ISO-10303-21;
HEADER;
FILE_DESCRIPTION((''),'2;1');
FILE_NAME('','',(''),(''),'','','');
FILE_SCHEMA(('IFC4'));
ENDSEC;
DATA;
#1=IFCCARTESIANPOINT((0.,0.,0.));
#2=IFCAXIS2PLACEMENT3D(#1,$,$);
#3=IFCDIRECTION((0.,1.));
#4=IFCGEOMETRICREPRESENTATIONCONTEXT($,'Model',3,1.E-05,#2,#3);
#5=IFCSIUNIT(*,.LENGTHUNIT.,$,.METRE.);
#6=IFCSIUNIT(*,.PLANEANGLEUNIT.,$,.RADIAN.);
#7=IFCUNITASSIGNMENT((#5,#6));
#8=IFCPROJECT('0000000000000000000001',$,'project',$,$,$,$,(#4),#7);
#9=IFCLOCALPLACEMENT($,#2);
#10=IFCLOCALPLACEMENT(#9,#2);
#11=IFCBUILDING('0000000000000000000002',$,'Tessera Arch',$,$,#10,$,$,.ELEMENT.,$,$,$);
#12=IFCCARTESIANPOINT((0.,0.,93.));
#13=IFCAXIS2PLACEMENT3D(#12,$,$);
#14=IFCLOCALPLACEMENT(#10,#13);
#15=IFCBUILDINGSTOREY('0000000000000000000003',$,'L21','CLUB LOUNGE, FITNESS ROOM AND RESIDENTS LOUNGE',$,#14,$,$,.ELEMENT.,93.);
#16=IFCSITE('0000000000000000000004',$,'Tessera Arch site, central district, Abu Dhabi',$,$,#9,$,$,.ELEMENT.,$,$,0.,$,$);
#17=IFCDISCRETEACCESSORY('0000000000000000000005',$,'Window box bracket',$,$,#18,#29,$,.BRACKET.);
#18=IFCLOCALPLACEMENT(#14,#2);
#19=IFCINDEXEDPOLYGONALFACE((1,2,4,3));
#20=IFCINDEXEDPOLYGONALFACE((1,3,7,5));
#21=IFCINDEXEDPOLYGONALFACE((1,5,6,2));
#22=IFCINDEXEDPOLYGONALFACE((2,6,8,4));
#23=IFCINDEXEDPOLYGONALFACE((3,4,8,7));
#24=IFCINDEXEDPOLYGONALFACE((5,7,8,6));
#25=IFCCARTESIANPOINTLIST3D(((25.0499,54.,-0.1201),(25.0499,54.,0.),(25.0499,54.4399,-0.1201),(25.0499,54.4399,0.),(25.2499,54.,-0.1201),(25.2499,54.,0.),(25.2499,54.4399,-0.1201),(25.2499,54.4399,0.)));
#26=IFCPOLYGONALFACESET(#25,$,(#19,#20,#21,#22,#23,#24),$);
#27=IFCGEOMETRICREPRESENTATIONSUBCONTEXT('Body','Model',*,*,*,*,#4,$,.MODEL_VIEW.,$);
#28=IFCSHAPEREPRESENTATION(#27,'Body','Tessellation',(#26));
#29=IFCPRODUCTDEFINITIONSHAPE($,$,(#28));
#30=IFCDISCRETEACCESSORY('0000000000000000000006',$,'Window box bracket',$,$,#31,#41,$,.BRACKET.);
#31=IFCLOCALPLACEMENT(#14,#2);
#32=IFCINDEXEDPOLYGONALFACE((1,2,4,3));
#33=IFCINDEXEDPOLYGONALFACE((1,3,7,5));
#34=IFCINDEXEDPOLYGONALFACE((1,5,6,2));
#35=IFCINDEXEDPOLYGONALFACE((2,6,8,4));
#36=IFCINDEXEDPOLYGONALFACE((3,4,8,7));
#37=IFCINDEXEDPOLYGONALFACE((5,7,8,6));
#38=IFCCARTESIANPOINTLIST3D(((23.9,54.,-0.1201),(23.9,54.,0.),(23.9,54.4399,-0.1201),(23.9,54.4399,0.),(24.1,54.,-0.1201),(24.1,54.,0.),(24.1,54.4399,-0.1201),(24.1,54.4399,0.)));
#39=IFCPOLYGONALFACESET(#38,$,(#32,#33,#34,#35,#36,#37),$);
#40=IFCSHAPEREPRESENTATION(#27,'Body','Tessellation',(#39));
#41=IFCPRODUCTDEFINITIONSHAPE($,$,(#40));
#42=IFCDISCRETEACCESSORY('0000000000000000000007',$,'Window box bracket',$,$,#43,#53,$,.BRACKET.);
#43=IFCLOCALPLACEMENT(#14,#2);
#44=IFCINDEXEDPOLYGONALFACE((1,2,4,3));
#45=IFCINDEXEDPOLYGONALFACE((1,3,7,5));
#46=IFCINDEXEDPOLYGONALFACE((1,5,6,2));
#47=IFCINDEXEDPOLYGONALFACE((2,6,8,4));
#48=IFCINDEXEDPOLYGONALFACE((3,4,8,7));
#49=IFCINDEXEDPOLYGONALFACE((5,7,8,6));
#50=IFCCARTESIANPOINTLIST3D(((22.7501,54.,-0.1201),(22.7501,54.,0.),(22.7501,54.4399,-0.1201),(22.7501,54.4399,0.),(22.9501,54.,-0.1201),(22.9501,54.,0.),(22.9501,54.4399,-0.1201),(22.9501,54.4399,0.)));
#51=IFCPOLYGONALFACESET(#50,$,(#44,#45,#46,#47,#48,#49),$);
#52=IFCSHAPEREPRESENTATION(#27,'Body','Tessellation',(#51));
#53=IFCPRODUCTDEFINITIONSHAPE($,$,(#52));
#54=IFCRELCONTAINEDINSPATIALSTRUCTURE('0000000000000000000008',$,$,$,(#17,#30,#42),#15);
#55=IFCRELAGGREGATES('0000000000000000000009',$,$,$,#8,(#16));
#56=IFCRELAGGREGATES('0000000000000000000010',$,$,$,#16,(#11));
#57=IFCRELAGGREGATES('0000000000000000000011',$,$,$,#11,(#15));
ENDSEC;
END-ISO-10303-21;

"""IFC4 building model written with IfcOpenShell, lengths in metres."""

from ifc_helpers import new_model, si_unit, direction, frame, origin, origin_2d, place, context, subcontext, project, spatial, rectangle, extrude, element, save


model = new_model("IFC4")

# Units and contexts
model_context = context("Model", 3, precision=1e-05, world=origin(), true_north=direction((0.0, 1.0)))
body_context = subcontext(model_context, "Body", "Model", "MODEL_VIEW")
ifc_project = project(units=[si_unit("LENGTHUNIT", "METRE"), si_unit("PLANEANGLEUNIT", "RADIAN")], contexts=[model_context])

# Site, building, storey
site_placement = place(None, origin())
site = spatial("IfcSite", under=ifc_project, at=site_placement, Name="Tessera Arch site, central district, Abu Dhabi", CompositionType="ELEMENT", RefElevation=0.0)
building_placement = place(site_placement, origin())
building = spatial("IfcBuilding", under=site, at=building_placement, Name="Tessera Arch", CompositionType="ELEMENT")
storey_placement = place(building_placement, frame((0.0, 0.0, 93.0)))
storey = spatial("IfcBuildingStorey", under=building, at=storey_placement, Name="L21", Description="CLUB LOUNGE, FITNESS ROOM AND RESIDENTS LOUNGE", CompositionType="ELEMENT", Elevation=93.0)

# Discrete accessories
for number, where, z_axis, x_axis, name in (
    (1, (25.1499, 54.22, -0.1201), (0.0, 0.0, 1.0), (0.0, 1.0, 0.0), "Window box bracket"),
    (2, (24.0, 54.22, -0.1201), (0.0, 0.0, 1.0), (0.0, 1.0, 0.0), "Window box bracket"),
    (3, (22.8501, 54.22, -0.1201), (0.0, 0.0, 1.0), (0.0, 1.0, 0.0), "Window box bracket"),
):
    element("IfcDiscreteAccessory", number, at=place(storey_placement, frame(where, z_axis=z_axis, x_axis=x_axis)), inside=storey, Name=name, PredefinedType="BRACKET", context=body_context, shape_type="SweptSolid", body=[
        extrude(rectangle(XDim=0.4399, YDim=0.2, at=origin_2d()), origin(), (0.0, 0.0, 1.0), 0.1201),
    ])

save(model, "model.ifc")
